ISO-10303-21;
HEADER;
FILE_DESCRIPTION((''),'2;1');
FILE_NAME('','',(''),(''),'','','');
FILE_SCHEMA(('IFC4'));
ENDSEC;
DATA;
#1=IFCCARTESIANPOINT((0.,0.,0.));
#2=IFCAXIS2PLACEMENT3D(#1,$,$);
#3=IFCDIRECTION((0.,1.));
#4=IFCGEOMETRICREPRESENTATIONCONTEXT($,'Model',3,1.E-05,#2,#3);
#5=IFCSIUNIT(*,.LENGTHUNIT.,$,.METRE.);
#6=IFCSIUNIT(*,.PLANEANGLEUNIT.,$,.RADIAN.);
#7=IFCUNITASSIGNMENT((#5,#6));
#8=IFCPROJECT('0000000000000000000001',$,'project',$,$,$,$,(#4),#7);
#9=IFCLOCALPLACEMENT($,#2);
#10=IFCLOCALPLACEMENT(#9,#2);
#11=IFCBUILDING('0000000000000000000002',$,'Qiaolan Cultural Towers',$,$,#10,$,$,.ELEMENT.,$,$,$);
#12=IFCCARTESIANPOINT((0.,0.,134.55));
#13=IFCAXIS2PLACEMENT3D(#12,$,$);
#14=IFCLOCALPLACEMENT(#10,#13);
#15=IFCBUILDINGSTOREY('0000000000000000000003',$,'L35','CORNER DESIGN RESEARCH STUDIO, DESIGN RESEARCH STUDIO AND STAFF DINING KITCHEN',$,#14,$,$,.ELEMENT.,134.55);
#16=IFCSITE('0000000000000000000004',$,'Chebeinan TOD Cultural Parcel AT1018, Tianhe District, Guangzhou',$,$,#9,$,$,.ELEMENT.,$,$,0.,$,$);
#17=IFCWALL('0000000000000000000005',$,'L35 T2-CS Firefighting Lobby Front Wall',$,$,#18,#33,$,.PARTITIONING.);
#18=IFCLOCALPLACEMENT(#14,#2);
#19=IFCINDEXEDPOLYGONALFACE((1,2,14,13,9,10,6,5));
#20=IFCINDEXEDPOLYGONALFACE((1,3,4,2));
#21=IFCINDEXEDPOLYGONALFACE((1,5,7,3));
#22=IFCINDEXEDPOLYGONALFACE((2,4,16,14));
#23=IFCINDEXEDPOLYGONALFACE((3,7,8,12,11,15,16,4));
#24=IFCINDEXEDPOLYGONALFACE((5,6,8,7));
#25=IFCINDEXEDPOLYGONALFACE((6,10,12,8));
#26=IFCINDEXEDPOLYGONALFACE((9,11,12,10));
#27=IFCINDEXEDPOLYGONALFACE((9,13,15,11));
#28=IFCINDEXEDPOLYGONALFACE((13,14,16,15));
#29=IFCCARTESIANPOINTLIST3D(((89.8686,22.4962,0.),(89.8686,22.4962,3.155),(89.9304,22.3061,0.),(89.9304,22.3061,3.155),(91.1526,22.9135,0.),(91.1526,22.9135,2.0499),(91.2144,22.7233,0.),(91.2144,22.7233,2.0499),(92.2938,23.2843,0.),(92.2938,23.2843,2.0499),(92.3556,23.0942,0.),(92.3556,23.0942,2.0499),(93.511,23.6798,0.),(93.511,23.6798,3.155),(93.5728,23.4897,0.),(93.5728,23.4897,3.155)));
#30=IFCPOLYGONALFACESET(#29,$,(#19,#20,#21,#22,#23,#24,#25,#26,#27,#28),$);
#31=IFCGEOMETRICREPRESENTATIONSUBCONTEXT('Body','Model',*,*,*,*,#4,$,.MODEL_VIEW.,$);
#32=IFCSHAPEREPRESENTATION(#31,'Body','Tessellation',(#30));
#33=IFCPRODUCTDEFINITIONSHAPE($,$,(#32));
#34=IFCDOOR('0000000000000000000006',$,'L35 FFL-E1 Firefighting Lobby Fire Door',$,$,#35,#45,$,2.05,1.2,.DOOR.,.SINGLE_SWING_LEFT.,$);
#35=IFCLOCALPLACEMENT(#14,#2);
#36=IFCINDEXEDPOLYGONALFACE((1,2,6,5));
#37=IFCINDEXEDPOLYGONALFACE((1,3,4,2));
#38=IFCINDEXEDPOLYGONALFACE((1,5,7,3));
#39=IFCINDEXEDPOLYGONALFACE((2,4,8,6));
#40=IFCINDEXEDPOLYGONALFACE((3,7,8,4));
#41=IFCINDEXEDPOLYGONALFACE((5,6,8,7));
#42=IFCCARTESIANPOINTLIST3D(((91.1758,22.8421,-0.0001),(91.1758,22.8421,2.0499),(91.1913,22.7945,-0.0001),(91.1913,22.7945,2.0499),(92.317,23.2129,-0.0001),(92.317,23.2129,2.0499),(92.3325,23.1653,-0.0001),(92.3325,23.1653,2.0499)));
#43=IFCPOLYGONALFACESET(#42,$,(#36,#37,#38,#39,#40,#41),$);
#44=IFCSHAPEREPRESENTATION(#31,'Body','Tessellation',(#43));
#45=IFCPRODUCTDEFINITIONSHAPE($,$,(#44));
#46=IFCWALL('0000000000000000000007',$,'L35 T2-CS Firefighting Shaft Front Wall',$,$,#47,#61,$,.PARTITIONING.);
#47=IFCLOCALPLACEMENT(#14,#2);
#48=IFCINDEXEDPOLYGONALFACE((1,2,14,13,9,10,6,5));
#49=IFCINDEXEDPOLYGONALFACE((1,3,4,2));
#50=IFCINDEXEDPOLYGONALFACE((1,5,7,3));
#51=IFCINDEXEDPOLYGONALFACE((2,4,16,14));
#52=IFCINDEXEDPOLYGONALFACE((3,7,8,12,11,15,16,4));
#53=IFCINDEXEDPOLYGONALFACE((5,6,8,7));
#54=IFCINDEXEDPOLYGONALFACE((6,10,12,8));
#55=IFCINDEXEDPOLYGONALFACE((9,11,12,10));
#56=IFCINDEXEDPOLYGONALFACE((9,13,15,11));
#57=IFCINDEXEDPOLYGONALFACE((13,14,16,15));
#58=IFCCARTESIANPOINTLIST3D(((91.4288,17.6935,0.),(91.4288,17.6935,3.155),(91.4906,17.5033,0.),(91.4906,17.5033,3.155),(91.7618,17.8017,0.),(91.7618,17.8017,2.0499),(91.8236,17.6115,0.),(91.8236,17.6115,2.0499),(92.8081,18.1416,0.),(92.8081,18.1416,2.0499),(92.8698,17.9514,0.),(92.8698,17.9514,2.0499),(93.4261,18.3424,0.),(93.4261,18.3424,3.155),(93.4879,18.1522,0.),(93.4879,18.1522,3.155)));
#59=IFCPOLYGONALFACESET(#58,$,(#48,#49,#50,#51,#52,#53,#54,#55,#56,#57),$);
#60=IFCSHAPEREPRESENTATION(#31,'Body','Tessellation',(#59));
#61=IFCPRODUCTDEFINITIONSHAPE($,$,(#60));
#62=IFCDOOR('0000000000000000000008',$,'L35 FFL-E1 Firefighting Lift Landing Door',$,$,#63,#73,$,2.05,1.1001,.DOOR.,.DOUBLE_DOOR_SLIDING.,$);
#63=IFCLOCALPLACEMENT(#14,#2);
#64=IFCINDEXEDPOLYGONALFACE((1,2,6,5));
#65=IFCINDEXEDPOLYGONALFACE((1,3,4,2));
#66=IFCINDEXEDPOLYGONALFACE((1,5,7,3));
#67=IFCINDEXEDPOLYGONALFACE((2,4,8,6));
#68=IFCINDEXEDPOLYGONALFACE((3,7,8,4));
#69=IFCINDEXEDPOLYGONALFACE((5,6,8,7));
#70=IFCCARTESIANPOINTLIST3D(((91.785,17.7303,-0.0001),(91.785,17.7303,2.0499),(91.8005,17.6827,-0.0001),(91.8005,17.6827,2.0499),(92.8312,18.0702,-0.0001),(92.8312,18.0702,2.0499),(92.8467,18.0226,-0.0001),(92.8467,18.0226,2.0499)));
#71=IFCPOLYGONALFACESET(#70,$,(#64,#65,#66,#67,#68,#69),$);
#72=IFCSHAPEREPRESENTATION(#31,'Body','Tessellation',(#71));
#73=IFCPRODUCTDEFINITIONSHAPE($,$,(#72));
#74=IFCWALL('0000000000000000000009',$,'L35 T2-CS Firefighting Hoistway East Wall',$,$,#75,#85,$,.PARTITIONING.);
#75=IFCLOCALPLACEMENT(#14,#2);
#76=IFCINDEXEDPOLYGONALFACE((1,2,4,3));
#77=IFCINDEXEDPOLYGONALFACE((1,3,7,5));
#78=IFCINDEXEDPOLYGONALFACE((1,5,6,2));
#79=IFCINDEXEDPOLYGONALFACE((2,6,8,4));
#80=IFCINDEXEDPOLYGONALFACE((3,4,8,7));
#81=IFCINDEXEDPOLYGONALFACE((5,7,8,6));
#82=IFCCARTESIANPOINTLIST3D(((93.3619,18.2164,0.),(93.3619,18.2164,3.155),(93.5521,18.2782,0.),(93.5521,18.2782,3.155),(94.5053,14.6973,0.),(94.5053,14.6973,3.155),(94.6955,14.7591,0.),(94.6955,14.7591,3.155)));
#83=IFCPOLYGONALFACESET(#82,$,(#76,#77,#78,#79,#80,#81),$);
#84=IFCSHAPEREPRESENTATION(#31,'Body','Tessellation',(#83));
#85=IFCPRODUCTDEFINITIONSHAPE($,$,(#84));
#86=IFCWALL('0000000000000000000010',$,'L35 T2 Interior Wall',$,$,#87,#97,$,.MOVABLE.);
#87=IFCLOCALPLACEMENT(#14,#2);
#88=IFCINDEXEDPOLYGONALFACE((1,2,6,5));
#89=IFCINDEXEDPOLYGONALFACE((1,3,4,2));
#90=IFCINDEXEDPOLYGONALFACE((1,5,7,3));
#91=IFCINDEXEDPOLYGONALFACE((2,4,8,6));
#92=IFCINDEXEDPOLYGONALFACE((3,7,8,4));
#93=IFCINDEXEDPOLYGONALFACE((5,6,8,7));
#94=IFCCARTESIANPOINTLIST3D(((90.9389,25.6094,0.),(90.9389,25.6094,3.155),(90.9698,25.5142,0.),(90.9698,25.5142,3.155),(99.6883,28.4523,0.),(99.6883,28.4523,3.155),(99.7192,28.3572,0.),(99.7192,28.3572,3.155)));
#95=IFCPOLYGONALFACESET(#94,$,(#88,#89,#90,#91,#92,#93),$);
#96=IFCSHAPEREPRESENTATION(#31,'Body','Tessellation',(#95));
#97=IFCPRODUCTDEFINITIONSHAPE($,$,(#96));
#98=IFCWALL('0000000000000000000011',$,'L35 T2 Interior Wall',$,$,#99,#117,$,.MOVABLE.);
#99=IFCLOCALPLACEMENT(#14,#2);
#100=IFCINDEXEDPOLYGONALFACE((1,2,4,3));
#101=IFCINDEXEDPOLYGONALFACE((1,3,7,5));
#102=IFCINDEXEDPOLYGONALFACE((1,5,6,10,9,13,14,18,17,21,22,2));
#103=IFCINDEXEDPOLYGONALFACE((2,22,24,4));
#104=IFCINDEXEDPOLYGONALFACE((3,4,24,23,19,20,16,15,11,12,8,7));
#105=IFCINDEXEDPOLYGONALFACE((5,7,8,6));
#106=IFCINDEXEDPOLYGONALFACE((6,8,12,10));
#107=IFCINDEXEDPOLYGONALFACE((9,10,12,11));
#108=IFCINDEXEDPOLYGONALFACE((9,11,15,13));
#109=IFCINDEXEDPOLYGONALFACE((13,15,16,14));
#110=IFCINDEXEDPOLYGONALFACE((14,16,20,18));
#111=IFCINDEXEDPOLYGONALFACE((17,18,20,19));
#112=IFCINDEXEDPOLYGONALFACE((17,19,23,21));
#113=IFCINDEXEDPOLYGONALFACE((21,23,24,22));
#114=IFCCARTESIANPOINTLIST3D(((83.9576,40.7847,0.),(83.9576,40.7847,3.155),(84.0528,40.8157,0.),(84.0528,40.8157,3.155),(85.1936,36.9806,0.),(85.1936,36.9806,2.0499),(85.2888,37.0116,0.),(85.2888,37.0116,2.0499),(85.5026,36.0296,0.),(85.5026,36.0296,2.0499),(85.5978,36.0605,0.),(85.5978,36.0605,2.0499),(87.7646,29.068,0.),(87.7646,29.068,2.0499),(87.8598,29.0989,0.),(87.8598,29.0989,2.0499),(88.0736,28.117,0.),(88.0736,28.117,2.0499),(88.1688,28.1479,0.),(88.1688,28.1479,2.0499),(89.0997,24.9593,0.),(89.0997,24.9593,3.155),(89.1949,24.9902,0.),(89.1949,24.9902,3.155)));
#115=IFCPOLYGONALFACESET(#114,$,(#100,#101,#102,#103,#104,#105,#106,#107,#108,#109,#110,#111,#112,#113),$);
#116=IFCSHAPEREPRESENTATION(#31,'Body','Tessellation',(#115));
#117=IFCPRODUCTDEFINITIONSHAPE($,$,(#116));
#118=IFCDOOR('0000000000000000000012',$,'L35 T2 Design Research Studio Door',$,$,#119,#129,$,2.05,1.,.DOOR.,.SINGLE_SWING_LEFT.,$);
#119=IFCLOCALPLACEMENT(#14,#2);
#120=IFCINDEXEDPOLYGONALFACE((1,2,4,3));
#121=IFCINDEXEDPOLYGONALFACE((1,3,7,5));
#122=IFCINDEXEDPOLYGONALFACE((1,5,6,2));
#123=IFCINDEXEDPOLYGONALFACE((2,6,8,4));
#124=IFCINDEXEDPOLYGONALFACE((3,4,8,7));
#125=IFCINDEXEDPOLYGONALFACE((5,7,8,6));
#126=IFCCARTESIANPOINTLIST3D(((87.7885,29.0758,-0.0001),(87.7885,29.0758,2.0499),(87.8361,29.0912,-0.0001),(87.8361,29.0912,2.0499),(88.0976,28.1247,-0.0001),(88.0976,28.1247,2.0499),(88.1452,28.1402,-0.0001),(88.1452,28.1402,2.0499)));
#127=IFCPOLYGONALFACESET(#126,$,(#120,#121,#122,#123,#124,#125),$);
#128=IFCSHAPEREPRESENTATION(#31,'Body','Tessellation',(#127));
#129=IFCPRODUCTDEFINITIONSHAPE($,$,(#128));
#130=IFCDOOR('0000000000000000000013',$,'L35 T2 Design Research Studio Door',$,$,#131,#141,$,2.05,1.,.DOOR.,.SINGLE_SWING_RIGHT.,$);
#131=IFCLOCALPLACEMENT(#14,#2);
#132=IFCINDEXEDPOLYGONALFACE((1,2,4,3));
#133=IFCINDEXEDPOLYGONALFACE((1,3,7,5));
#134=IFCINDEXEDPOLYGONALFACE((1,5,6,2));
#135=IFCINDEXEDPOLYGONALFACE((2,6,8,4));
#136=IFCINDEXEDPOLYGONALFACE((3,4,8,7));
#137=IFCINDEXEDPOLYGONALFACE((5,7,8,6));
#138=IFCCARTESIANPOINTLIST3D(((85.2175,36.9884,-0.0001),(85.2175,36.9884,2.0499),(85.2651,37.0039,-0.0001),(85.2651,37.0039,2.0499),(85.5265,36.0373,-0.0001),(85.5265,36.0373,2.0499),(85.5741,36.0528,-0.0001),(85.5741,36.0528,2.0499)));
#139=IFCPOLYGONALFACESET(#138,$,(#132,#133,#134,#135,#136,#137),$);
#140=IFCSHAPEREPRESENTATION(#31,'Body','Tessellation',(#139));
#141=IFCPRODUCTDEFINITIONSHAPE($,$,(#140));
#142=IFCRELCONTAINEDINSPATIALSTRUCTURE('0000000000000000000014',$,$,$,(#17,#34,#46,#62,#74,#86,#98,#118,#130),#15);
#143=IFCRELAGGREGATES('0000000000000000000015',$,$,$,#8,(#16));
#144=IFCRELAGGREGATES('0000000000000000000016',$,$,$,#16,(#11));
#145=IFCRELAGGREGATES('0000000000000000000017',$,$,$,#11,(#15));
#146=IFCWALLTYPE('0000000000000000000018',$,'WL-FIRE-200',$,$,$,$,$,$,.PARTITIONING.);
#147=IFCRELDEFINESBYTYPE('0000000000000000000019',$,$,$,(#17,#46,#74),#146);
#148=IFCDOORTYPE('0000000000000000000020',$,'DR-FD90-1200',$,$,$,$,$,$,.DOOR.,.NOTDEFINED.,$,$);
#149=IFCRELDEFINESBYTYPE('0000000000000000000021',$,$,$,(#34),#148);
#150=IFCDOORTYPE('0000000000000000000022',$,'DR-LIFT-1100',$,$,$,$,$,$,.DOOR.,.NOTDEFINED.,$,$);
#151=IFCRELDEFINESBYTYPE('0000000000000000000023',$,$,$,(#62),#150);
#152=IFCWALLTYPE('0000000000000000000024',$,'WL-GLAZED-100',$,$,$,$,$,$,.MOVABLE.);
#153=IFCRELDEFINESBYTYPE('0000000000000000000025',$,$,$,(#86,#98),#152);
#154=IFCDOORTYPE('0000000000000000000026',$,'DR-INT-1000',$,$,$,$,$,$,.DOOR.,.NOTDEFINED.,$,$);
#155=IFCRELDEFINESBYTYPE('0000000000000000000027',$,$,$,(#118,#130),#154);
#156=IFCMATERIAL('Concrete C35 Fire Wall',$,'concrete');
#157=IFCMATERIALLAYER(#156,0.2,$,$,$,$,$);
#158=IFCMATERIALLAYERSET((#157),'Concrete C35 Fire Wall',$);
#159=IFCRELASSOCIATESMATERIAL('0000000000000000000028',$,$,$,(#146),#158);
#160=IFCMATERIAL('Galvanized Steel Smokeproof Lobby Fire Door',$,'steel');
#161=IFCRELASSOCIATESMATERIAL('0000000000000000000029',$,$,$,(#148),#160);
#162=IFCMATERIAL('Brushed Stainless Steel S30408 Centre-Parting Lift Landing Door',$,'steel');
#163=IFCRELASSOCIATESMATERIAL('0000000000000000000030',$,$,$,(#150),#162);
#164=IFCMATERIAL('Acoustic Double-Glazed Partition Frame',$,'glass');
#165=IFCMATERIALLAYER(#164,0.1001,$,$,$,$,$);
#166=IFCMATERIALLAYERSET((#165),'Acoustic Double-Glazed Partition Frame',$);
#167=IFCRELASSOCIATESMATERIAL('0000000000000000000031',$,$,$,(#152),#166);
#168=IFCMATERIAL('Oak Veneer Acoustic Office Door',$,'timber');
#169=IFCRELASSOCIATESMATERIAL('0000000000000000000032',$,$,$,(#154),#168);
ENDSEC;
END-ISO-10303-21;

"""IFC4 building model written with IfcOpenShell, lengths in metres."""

from ifc_helpers import new_model, si_unit, direction, frame, frame_2d, origin, place, context, subcontext, project, spatial, rectangle, extrude, material, layer, layer_set, type_object, element, fill, save


model = new_model("IFC4")

# Units and contexts
model_context = context("Model", 3, precision=1e-05, world=origin(), true_north=direction((0.0, 1.0)))
body_context = subcontext(model_context, "Body", "Model", "MODEL_VIEW")
ifc_project = project(units=[si_unit("LENGTHUNIT", "METRE"), si_unit("PLANEANGLEUNIT", "RADIAN")], contexts=[model_context])

# Site, building, storey
site_placement = place(None, origin())
site = spatial("IfcSite", under=ifc_project, at=site_placement, Name="Chebeinan TOD Cultural Parcel AT1018, Tianhe District, Guangzhou", CompositionType="ELEMENT", RefElevation=0.0)
building_placement = place(site_placement, origin())
building = spatial("IfcBuilding", under=site, at=building_placement, Name="Qiaolan Cultural Towers", CompositionType="ELEMENT")
storey_placement = place(building_placement, frame((0.0, 0.0, 134.55)))
storey = spatial("IfcBuildingStorey", under=building, at=storey_placement, Name="L35", Description="CORNER DESIGN RESEARCH STUDIO, DESIGN RESEARCH STUDIO AND STAFF DINING KITCHEN", CompositionType="ELEMENT", Elevation=134.55)

# Shared definitions
ifc_material_1 = material(Name="Concrete C35 Fire Wall", Category="concrete")
ifc_layer_1 = layer(ifc_material_1, 0.2)
ifc_layer_set_1 = layer_set([ifc_layer_1], Name="Concrete C35 Fire Wall")
wall_type_1 = type_object("IfcWallType", Name="WL-FIRE-200", PredefinedType="PARTITIONING", material=ifc_layer_set_1)

# Walls, openings, doors
wall_1_placement = place(storey_placement, frame((89.8994, 22.4011, 0.0), z_axis=(0.0, 0.0, 1.0), x_axis=(0.951047, 0.309047, 0.0)))
wall_1 = element("IfcWall", 1, at=wall_1_placement, inside=storey, type_object=wall_type_1, Name="L35 T2-CS Firefighting Lobby Front Wall", PredefinedType="PARTITIONING", context=body_context, shape_type="SweptSolid", body=[
    extrude(rectangle(XDim=3.8298, YDim=0.2, at=frame_2d((1.915, 0.0))), origin(), (0.0, 0.0, 1.0), 3.155),
])
opening_1_placement = place(wall_1_placement, frame((1.3501, 0.0, 0.0)))
opening_1 = element("IfcOpeningElement", 2, at=opening_1_placement, cuts=wall_1, PredefinedType="OPENING", context=body_context, shape_type="SweptSolid", body=[
    extrude(rectangle(XDim=1.2, YDim=2.05, at=frame_2d((0.6001, 1.0249))), frame((0.0, 0.1099, 0.0), z_axis=(0.0, -1.0, 0.0), x_axis=(1.0, 0.0, 0.0)), (0.0, 0.0, 1.0), 0.22),
])
ifc_material_2 = material(Name="Galvanized Steel Smokeproof Lobby Fire Door", Category="steel")
door_type_1 = type_object("IfcDoorType", Name="DR-FD90-1200", OperationType="NOTDEFINED", PredefinedType="DOOR", material=ifc_material_2)
door_1_placement = place(opening_1_placement, origin())
door_1 = element("IfcDoor", 3, at=door_1_placement, inside=storey, type_object=door_type_1, Name="L35 FFL-E1 Firefighting Lobby Fire Door", OperationType="SINGLE_SWING_LEFT", OverallHeight=2.05, OverallWidth=1.2, PredefinedType="DOOR", context=body_context, shape_type="SweptSolid", body=[
    extrude(rectangle(XDim=1.2, YDim=2.05, at=frame_2d((0.6001, 1.0249))), frame((0.0, 0.0249, 0.0), z_axis=(0.0, -1.0, 0.0), x_axis=(1.0, 0.0, 0.0)), (0.0, 0.0, 1.0), 0.05),
])
fill(opening_1, door_1)
wall_2_placement = place(storey_placement, frame((91.4597, 17.5984, 0.0), z_axis=(0.0, 0.0, 1.0), x_axis=(0.951062, 0.308999, 0.0)))
wall_2 = element("IfcWall", 4, at=wall_2_placement, inside=storey, type_object=wall_type_1, Name="L35 T2-CS Firefighting Shaft Front Wall", PredefinedType="PARTITIONING", context=body_context, shape_type="SweptSolid", body=[
    extrude(rectangle(XDim=2.1001, YDim=0.2, at=frame_2d((1.05, 0.0))), origin(), (0.0, 0.0, 1.0), 3.155),
])
opening_2_placement = place(wall_2_placement, frame((0.3501, 0.0, 0.0)))
opening_2 = element("IfcOpeningElement", 5, at=opening_2_placement, cuts=wall_2, PredefinedType="OPENING", context=body_context, shape_type="SweptSolid", body=[
    extrude(rectangle(XDim=1.1001, YDim=2.05, at=frame_2d((0.55, 1.0249))), frame((0.0, 0.1099, 0.0), z_axis=(0.0, -1.0, 0.0), x_axis=(1.0, 0.0, 0.0)), (0.0, 0.0, 1.0), 0.22),
])
ifc_material_3 = material(Name="Brushed Stainless Steel S30408 Centre-Parting Lift Landing Door", Category="steel")
door_type_2 = type_object("IfcDoorType", Name="DR-LIFT-1100", OperationType="NOTDEFINED", PredefinedType="DOOR", material=ifc_material_3)
door_2_placement = place(opening_2_placement, origin())
door_2 = element("IfcDoor", 6, at=door_2_placement, inside=storey, type_object=door_type_2, Name="L35 FFL-E1 Firefighting Lift Landing Door", OperationType="DOUBLE_DOOR_SLIDING", OverallHeight=2.05, OverallWidth=1.1001, PredefinedType="DOOR", context=body_context, shape_type="SweptSolid", body=[
    extrude(rectangle(XDim=1.1001, YDim=2.05, at=frame_2d((0.55, 1.0249))), frame((0.0, 0.0249, 0.0), z_axis=(0.0, -1.0, 0.0), x_axis=(1.0, 0.0, 0.0)), (0.0, 0.0, 1.0), 0.05),
])
fill(opening_2, door_2)

# Walls
wall_3_placement = place(storey_placement, frame((93.457, 18.2473, 0.0), z_axis=(0.0, 0.0, 1.0), x_axis=(0.308994, -0.951064, 0.0)))
element("IfcWall", 7, at=wall_3_placement, inside=storey, type_object=wall_type_1, Name="L35 T2-CS Firefighting Hoistway East Wall", PredefinedType="PARTITIONING", context=body_context, shape_type="SweptSolid", body=[
    extrude(rectangle(XDim=3.7002, YDim=0.2, at=frame_2d((1.8501, 0.0))), origin(), (0.0, 0.0, 1.0), 3.155),
])
ifc_material_4 = material(Name="Acoustic Double-Glazed Partition Frame", Category="glass")
ifc_layer_2 = layer(ifc_material_4, 0.1001)
ifc_layer_set_2 = layer_set([ifc_layer_2], Name="Acoustic Double-Glazed Partition Frame")
wall_type_2 = type_object("IfcWallType", Name="WL-GLAZED-100", PredefinedType="MOVABLE", material=ifc_layer_set_2)
wall_4_placement = place(storey_placement, frame((90.9543, 25.5618, 0.0), z_axis=(0.0, 0.0, 1.0), x_axis=(0.951052, 0.30903, 0.0)))
element("IfcWall", 8, at=wall_4_placement, inside=storey, type_object=wall_type_2, Name="L35 T2 Interior Wall", PredefinedType="MOVABLE", context=body_context, shape_type="SweptSolid", body=[
    extrude(rectangle(XDim=9.1997, YDim=0.1001, at=frame_2d((4.5999, 0.0))), origin(), (0.0, 0.0, 1.0), 3.155),
])

# Wall, openings, doors
wall_5_placement = place(storey_placement, frame((89.1472, 24.9749, 0.0), z_axis=(0.0, 0.0, 1.0), x_axis=(-0.309022, 0.951055, 0.0)))
wall_5 = element("IfcWall", 9, at=wall_5_placement, inside=storey, type_object=wall_type_2, Name="L35 T2 Interior Wall", PredefinedType="MOVABLE", context=body_context, shape_type="SweptSolid", body=[
    extrude(rectangle(XDim=16.6399, YDim=0.1001, at=frame_2d((8.3198, 0.0))), origin(), (0.0, 0.0, 1.0), 3.155),
])
opening_3_placement = place(wall_5_placement, frame((3.3201, 0.0, 0.0)))
opening_3 = element("IfcOpeningElement", 10, at=opening_3_placement, cuts=wall_5, PredefinedType="OPENING", context=body_context, shape_type="SweptSolid", body=[
    extrude(rectangle(XDim=1.0, YDim=2.05, at=frame_2d((0.5, 1.0249))), frame((0.0, 0.0601, 0.0), z_axis=(0.0, -1.0, 0.0), x_axis=(1.0, 0.0, 0.0)), (0.0, 0.0, 1.0), 0.1201),
])
opening_4_placement = place(wall_5_placement, frame((11.6399, 0.0, 0.0)))
opening_4 = element("IfcOpeningElement", 11, at=opening_4_placement, cuts=wall_5, PredefinedType="OPENING", context=body_context, shape_type="SweptSolid", body=[
    extrude(rectangle(XDim=1.0, YDim=2.05, at=frame_2d((0.5, 1.0249))), frame((0.0, 0.0601, 0.0), z_axis=(0.0, -1.0, 0.0), x_axis=(1.0, 0.0, 0.0)), (0.0, 0.0, 1.0), 0.1201),
])
ifc_material_5 = material(Name="Oak Veneer Acoustic Office Door", Category="timber")
door_type_3 = type_object("IfcDoorType", Name="DR-INT-1000", OperationType="NOTDEFINED", PredefinedType="DOOR", material=ifc_material_5)
door_3_placement = place(opening_3_placement, origin())
door_3 = element("IfcDoor", 12, at=door_3_placement, inside=storey, type_object=door_type_3, Name="L35 T2 Design Research Studio Door", OperationType="SINGLE_SWING_LEFT", OverallHeight=2.05, OverallWidth=1.0, PredefinedType="DOOR", context=body_context, shape_type="SweptSolid", body=[
    extrude(rectangle(XDim=1.0, YDim=2.05, at=frame_2d((0.5, 1.0249))), frame((0.0, 0.0249, 0.0), z_axis=(0.0, -1.0, 0.0), x_axis=(1.0, 0.0, 0.0)), (0.0, 0.0, 1.0), 0.05),
])
fill(opening_3, door_3)
door_4_placement = place(opening_4_placement, origin())
door_4 = element("IfcDoor", 13, at=door_4_placement, inside=storey, type_object=door_type_3, Name="L35 T2 Design Research Studio Door", OperationType="SINGLE_SWING_RIGHT", OverallHeight=2.05, OverallWidth=1.0, PredefinedType="DOOR", context=body_context, shape_type="SweptSolid", body=[
    extrude(rectangle(XDim=1.0, YDim=2.05, at=frame_2d((0.5, 1.0249))), frame((0.0, 0.0249, 0.0), z_axis=(0.0, -1.0, 0.0), x_axis=(1.0, 0.0, 0.0)), (0.0, 0.0, 1.0), 0.05),
])
fill(opening_4, door_4)

save(model, "model.ifc")
